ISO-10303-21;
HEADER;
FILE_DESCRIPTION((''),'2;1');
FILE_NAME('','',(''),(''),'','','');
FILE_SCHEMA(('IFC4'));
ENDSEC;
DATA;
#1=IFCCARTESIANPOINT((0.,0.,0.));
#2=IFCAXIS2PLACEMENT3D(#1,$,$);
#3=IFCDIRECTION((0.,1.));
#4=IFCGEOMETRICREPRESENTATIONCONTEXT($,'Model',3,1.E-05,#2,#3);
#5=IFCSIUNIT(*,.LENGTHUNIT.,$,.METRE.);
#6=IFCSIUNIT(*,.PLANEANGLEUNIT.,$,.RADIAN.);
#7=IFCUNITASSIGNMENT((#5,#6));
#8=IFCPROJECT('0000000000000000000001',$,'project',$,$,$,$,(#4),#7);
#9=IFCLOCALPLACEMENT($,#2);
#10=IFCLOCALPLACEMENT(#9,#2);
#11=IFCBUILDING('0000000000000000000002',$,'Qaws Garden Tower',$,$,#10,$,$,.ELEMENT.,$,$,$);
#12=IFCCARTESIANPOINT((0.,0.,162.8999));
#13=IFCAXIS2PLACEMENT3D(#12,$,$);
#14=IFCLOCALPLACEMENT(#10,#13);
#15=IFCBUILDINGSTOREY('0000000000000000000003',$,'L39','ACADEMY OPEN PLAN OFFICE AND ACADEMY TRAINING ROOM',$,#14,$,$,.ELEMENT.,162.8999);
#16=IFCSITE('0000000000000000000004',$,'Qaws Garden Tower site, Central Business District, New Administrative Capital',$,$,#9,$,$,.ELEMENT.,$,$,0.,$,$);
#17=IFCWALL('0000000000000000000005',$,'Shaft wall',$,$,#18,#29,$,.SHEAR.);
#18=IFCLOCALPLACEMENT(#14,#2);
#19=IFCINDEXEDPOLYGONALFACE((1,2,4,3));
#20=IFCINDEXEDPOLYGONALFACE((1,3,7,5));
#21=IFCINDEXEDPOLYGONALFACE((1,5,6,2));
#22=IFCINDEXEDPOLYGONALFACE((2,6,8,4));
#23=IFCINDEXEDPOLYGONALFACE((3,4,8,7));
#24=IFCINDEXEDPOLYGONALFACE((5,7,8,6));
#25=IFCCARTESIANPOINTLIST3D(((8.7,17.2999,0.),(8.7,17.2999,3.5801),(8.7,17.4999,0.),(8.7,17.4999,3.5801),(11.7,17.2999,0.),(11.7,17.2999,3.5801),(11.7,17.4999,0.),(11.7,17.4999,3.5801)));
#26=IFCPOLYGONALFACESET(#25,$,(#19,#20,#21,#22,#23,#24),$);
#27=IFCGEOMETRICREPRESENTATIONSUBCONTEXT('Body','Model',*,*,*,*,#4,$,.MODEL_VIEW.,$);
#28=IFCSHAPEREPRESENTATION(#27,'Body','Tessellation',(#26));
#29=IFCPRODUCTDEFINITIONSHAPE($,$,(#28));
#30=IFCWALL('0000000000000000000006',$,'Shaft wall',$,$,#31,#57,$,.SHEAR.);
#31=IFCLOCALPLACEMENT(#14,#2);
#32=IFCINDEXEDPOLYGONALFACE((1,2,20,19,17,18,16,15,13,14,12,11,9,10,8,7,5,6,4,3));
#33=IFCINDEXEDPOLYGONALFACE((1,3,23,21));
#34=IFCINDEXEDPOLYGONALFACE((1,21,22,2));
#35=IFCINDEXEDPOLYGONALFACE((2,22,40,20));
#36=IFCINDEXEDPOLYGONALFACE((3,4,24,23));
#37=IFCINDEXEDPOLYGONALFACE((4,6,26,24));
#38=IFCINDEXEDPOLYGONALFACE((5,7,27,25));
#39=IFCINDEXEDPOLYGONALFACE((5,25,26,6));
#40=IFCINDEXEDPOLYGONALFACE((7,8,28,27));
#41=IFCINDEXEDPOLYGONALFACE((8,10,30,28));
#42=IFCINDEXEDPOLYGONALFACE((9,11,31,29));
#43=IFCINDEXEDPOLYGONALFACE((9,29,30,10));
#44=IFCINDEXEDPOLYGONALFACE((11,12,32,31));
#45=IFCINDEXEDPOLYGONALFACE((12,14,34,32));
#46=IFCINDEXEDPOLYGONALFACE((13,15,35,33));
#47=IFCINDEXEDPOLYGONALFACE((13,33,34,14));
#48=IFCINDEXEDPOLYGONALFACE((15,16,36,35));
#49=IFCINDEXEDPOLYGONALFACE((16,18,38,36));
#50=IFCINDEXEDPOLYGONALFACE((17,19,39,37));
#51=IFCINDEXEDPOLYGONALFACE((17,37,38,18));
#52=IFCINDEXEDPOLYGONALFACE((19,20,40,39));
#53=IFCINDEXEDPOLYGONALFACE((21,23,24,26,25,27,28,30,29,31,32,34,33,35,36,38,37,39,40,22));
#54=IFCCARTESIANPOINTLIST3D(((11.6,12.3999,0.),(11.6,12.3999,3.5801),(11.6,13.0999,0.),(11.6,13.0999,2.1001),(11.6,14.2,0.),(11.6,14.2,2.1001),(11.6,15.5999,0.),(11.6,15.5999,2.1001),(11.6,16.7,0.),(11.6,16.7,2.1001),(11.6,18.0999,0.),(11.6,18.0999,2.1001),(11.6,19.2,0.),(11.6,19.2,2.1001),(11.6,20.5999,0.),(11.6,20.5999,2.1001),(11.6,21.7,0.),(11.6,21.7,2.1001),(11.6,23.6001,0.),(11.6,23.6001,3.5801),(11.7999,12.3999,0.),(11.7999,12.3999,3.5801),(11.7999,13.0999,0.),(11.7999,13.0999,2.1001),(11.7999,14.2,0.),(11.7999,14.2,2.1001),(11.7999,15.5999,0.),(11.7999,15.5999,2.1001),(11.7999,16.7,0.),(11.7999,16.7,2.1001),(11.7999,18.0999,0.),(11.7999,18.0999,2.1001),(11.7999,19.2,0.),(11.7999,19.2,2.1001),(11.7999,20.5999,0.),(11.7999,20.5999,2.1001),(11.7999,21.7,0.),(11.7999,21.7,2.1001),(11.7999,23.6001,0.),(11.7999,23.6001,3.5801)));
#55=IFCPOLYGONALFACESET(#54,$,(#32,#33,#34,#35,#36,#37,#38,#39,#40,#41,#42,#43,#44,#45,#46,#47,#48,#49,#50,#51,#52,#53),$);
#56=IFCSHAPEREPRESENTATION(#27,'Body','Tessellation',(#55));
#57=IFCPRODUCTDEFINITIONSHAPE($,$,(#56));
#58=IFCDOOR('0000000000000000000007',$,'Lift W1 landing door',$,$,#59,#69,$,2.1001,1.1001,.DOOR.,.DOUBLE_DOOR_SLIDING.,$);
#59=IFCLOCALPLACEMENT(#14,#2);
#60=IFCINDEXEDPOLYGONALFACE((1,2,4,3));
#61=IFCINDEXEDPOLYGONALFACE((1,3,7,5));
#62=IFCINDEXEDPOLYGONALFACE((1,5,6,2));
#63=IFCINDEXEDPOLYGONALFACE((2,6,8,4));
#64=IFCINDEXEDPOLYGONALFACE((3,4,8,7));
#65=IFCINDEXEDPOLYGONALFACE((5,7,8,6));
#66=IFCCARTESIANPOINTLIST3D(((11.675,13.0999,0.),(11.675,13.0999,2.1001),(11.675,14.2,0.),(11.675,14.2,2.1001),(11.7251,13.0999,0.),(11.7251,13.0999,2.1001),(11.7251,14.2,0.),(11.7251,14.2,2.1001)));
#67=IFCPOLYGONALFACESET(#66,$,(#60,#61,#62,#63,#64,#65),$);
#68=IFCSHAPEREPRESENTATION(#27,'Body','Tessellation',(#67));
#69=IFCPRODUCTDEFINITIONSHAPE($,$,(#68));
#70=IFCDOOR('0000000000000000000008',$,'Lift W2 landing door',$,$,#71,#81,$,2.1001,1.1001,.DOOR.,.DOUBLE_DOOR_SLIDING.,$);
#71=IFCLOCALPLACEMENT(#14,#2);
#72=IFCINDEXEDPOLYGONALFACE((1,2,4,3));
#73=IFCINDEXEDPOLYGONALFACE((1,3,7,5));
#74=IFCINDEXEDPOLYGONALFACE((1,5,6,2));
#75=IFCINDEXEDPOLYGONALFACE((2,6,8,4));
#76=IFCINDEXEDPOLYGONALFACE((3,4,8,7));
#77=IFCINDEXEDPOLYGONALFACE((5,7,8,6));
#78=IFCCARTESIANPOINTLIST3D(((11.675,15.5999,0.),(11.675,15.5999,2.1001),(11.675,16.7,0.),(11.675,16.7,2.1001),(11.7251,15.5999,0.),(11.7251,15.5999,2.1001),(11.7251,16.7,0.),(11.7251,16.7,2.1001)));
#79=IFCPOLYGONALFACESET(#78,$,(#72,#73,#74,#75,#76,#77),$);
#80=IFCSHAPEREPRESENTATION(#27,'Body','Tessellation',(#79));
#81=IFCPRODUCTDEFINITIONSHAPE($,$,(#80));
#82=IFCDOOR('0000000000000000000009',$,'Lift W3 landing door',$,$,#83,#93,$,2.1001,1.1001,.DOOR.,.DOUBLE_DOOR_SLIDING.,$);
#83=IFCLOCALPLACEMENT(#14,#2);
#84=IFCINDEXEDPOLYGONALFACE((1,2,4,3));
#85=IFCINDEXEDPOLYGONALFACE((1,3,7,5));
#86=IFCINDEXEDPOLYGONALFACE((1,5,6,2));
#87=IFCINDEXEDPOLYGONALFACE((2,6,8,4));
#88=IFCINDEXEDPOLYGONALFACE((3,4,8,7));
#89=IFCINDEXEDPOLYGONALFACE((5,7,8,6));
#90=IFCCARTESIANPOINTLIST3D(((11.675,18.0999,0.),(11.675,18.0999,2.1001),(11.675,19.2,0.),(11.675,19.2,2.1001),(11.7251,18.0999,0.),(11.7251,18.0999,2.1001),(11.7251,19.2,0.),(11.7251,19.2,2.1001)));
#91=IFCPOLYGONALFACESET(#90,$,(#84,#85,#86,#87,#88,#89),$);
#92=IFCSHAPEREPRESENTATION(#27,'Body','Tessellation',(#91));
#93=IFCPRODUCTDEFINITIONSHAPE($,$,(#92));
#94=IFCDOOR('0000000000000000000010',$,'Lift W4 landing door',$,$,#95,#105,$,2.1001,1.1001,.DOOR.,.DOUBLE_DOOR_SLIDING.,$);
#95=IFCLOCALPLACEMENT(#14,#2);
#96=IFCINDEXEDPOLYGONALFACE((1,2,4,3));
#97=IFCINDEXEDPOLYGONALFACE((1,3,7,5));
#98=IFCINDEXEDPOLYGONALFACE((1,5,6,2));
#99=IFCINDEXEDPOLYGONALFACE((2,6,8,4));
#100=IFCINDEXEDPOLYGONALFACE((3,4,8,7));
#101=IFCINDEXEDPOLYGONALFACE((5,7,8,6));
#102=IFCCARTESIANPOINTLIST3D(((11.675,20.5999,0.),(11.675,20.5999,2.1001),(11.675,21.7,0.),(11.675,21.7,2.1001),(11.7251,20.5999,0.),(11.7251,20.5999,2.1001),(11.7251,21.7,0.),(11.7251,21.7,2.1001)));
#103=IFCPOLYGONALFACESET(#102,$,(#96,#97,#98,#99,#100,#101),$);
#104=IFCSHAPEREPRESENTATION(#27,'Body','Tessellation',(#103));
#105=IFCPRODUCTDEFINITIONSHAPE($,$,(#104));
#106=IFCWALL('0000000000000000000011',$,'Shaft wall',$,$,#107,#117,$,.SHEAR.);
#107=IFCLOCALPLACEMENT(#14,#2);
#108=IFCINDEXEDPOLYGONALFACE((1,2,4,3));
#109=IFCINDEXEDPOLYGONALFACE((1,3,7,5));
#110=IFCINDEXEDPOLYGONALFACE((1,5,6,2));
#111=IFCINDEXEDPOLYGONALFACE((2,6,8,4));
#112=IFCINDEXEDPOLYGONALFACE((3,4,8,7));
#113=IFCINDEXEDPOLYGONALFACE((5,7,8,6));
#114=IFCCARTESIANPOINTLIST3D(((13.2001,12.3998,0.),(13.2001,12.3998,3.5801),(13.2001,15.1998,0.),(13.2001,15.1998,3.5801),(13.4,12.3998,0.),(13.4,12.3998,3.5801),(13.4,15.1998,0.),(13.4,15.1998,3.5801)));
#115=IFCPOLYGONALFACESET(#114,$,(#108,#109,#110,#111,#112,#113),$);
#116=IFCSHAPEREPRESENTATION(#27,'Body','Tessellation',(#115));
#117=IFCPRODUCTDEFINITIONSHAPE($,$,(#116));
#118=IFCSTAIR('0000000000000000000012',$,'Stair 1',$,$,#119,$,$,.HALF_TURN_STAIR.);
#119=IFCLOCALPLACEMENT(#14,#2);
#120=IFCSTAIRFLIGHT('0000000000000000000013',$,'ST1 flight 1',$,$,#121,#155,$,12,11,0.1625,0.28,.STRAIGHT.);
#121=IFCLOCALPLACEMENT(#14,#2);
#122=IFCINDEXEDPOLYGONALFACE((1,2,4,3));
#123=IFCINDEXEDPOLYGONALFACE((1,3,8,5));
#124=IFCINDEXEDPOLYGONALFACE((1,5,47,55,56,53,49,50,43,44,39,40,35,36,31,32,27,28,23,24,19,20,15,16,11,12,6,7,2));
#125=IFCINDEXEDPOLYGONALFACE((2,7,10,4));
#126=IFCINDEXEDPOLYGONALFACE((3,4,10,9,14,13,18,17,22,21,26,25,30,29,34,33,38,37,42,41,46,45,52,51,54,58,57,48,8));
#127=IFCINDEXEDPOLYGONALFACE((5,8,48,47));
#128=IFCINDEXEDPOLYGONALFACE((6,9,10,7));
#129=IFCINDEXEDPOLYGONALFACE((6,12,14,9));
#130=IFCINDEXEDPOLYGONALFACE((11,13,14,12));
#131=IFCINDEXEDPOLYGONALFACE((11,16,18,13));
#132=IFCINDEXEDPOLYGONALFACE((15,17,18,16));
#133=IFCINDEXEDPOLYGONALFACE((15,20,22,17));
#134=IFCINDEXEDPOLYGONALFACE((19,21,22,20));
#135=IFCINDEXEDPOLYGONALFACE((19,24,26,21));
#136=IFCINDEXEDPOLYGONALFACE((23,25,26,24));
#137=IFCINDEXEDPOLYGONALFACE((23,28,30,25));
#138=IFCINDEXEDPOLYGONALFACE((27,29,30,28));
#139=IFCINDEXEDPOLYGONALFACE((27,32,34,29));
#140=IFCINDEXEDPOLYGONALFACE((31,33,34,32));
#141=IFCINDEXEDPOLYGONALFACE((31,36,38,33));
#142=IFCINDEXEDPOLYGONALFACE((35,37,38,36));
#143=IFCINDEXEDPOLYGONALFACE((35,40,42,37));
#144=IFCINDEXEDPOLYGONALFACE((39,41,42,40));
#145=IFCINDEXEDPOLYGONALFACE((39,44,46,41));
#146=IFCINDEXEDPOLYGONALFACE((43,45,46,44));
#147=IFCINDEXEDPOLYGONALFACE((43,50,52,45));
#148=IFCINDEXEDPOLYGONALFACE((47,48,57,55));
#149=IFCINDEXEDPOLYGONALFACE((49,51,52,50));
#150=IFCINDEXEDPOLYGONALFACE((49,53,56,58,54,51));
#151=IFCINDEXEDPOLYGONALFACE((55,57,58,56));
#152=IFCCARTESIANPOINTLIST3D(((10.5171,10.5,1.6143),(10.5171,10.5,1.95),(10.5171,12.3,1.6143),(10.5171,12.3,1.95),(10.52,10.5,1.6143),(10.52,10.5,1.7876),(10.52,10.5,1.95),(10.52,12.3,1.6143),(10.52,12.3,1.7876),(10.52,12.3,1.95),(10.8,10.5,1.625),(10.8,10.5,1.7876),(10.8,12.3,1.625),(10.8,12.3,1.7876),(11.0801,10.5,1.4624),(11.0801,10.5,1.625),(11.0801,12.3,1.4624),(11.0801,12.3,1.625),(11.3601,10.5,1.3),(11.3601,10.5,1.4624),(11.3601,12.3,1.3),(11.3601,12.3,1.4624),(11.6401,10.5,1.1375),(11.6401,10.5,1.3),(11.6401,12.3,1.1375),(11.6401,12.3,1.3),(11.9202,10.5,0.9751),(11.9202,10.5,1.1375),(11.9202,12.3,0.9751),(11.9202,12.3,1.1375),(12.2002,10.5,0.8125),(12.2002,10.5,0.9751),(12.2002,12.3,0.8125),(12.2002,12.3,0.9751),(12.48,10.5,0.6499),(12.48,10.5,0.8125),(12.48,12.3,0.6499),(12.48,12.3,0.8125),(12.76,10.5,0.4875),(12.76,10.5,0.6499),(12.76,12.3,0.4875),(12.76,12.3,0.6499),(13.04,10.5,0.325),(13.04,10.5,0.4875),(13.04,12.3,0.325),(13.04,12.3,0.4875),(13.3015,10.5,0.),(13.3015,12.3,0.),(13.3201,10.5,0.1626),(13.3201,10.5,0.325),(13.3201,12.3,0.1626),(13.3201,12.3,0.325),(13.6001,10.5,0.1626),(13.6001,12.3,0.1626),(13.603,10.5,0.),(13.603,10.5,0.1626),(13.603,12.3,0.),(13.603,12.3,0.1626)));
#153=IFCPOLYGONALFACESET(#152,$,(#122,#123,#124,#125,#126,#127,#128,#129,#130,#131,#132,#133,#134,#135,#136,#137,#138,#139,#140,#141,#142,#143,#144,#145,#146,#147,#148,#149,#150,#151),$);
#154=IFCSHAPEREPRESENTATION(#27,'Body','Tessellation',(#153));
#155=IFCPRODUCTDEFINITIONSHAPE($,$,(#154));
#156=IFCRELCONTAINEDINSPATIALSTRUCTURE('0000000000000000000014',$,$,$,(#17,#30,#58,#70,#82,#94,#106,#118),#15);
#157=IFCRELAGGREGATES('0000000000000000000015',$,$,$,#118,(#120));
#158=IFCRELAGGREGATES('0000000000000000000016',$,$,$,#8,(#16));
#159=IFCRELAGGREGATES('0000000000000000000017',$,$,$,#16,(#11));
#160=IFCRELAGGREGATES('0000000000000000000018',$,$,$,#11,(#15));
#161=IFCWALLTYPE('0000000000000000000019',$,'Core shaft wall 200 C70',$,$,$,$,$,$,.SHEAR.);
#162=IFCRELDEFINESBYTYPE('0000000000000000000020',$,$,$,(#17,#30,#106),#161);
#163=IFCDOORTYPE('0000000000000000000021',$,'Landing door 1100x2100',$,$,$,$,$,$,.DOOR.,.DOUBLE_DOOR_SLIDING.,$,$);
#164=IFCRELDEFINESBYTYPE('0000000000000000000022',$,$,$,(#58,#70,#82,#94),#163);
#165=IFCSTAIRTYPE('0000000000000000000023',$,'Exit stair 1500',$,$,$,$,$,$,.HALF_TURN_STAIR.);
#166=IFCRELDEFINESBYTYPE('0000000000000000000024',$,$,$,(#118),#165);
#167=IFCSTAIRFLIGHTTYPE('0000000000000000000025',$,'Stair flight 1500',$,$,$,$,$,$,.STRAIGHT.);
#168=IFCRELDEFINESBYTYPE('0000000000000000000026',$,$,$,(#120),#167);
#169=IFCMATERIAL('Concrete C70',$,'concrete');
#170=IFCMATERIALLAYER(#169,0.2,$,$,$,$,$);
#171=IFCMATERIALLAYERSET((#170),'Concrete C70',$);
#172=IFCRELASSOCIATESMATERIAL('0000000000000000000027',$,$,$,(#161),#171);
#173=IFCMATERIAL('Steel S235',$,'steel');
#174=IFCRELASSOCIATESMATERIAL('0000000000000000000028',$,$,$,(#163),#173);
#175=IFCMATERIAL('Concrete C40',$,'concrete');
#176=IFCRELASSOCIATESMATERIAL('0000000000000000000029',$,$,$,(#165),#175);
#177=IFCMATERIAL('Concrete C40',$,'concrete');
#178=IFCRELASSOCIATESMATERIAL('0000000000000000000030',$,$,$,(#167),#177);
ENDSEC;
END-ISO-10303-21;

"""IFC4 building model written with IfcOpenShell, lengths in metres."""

from ifc_helpers import new_model, si_unit, direction, frame, frame_2d, origin, place, context, subcontext, project, spatial, polyline, rectangle, outline, extrude, material, layer, layer_set, type_object, element, fill, aggregate, save


model = new_model("IFC4")

# Units and contexts
model_context = context("Model", 3, precision=1e-05, world=origin(), true_north=direction((0.0, 1.0)))
body_context = subcontext(model_context, "Body", "Model", "MODEL_VIEW")
ifc_project = project(units=[si_unit("LENGTHUNIT", "METRE"), si_unit("PLANEANGLEUNIT", "RADIAN")], contexts=[model_context])

# Site, building, storey
site_placement = place(None, origin())
site = spatial("IfcSite", under=ifc_project, at=site_placement, Name="Qaws Garden Tower site, Central Business District, New Administrative Capital", CompositionType="ELEMENT", RefElevation=0.0)
building_placement = place(site_placement, origin())
building = spatial("IfcBuilding", under=site, at=building_placement, Name="Qaws Garden Tower", CompositionType="ELEMENT")
storey_placement = place(building_placement, frame((0.0, 0.0, 162.8999)))
storey = spatial("IfcBuildingStorey", under=building, at=storey_placement, Name="L39", Description="ACADEMY OPEN PLAN OFFICE AND ACADEMY TRAINING ROOM", CompositionType="ELEMENT", Elevation=162.8999)

# Shared definitions
ifc_material_1 = material(Name="Concrete C70", Category="concrete")
ifc_layer_1 = layer(ifc_material_1, 0.2)
ifc_layer_set_1 = layer_set([ifc_layer_1], Name="Concrete C70")
wall_type_1 = type_object("IfcWallType", Name="Core shaft wall 200 C70", PredefinedType="SHEAR", material=ifc_layer_set_1)

# Shared definitions
ifc_material_2 = material(Name="Steel S235", Category="steel")
door_type_1 = type_object("IfcDoorType", Name="Landing door 1100x2100", OperationType="DOUBLE_DOOR_SLIDING", PredefinedType="DOOR", material=ifc_material_2)

# Wall
wall_1_placement = place(storey_placement, frame((8.7, 17.3999, 0.0), z_axis=(0.0, 0.0, 1.0), x_axis=(1.0, 0.0, 0.0)))
element("IfcWall", 1, at=wall_1_placement, inside=storey, type_object=wall_type_1, Name="Shaft wall", PredefinedType="SHEAR", context=body_context, shape_type="SweptSolid", body=[
    extrude(rectangle(XDim=3.0, YDim=0.2, at=frame_2d((1.5, 0.0))), origin(), (0.0, 0.0, 1.0), 3.5801),
])

# Wall, openings, doors
wall_2_placement = place(storey_placement, frame((11.7, 12.3999, 0.0), z_axis=(0.0, 0.0, 1.0), x_axis=(0.0, 1.0, 0.0)))
wall_2 = element("IfcWall", 2, at=wall_2_placement, inside=storey, type_object=wall_type_1, Name="Shaft wall", PredefinedType="SHEAR", context=body_context, shape_type="SweptSolid", body=[
    extrude(rectangle(XDim=11.2002, YDim=0.2, at=frame_2d((5.6001, 0.0))), origin(), (0.0, 0.0, 1.0), 3.5801),
])
opening_1_placement = place(wall_2_placement, frame((0.7, 0.0, 0.0)))
opening_1 = element("IfcOpeningElement", 3, at=opening_1_placement, cuts=wall_2, PredefinedType="OPENING", context=body_context, shape_type="SweptSolid", body=[
    extrude(rectangle(XDim=1.1001, YDim=2.1001, at=frame_2d((0.55, 1.05))), frame((0.0, 0.1099, 0.0), z_axis=(0.0, -1.0, 0.0), x_axis=(1.0, 0.0, 0.0)), (0.0, 0.0, 1.0), 0.22),
])
opening_2_placement = place(wall_2_placement, frame((3.2, 0.0, 0.0)))
opening_2 = element("IfcOpeningElement", 4, at=opening_2_placement, cuts=wall_2, PredefinedType="OPENING", context=body_context, shape_type="SweptSolid", body=[
    extrude(rectangle(XDim=1.1001, YDim=2.1001, at=frame_2d((0.55, 1.05))), frame((0.0, 0.1099, 0.0), z_axis=(0.0, -1.0, 0.0), x_axis=(1.0, 0.0, 0.0)), (0.0, 0.0, 1.0), 0.22),
])
opening_3_placement = place(wall_2_placement, frame((5.7, 0.0, 0.0)))
opening_3 = element("IfcOpeningElement", 5, at=opening_3_placement, cuts=wall_2, PredefinedType="OPENING", context=body_context, shape_type="SweptSolid", body=[
    extrude(rectangle(XDim=1.1001, YDim=2.1001, at=frame_2d((0.55, 1.05))), frame((0.0, 0.1099, 0.0), z_axis=(0.0, -1.0, 0.0), x_axis=(1.0, 0.0, 0.0)), (0.0, 0.0, 1.0), 0.22),
])
opening_4_placement = place(wall_2_placement, frame((8.2, 0.0, 0.0)))
opening_4 = element("IfcOpeningElement", 6, at=opening_4_placement, cuts=wall_2, PredefinedType="OPENING", context=body_context, shape_type="SweptSolid", body=[
    extrude(rectangle(XDim=1.1001, YDim=2.1001, at=frame_2d((0.55, 1.05))), frame((0.0, 0.1099, 0.0), z_axis=(0.0, -1.0, 0.0), x_axis=(1.0, 0.0, 0.0)), (0.0, 0.0, 1.0), 0.22),
])
door_1_placement = place(opening_1_placement, origin())
door_1 = element("IfcDoor", 7, at=door_1_placement, inside=storey, type_object=door_type_1, Name="Lift W1 landing door", OperationType="DOUBLE_DOOR_SLIDING", OverallHeight=2.1001, OverallWidth=1.1001, PredefinedType="DOOR", context=body_context, shape_type="SweptSolid", body=[
    extrude(rectangle(XDim=1.1001, YDim=2.1001, at=frame_2d((0.55, 1.05))), frame((0.0, 0.0249, 0.0), z_axis=(0.0, -1.0, 0.0), x_axis=(1.0, 0.0, 0.0)), (0.0, 0.0, 1.0), 0.05),
])
fill(opening_1, door_1)
door_2_placement = place(opening_2_placement, origin())
door_2 = element("IfcDoor", 8, at=door_2_placement, inside=storey, type_object=door_type_1, Name="Lift W2 landing door", OperationType="DOUBLE_DOOR_SLIDING", OverallHeight=2.1001, OverallWidth=1.1001, PredefinedType="DOOR", context=body_context, shape_type="SweptSolid", body=[
    extrude(rectangle(XDim=1.1001, YDim=2.1001, at=frame_2d((0.55, 1.05))), frame((0.0, 0.0249, 0.0), z_axis=(0.0, -1.0, 0.0), x_axis=(1.0, 0.0, 0.0)), (0.0, 0.0, 1.0), 0.05),
])
fill(opening_2, door_2)
door_3_placement = place(opening_3_placement, origin())
door_3 = element("IfcDoor", 9, at=door_3_placement, inside=storey, type_object=door_type_1, Name="Lift W3 landing door", OperationType="DOUBLE_DOOR_SLIDING", OverallHeight=2.1001, OverallWidth=1.1001, PredefinedType="DOOR", context=body_context, shape_type="SweptSolid", body=[
    extrude(rectangle(XDim=1.1001, YDim=2.1001, at=frame_2d((0.55, 1.05))), frame((0.0, 0.0249, 0.0), z_axis=(0.0, -1.0, 0.0), x_axis=(1.0, 0.0, 0.0)), (0.0, 0.0, 1.0), 0.05),
])
fill(opening_3, door_3)
door_4_placement = place(opening_4_placement, origin())
door_4 = element("IfcDoor", 10, at=door_4_placement, inside=storey, type_object=door_type_1, Name="Lift W4 landing door", OperationType="DOUBLE_DOOR_SLIDING", OverallHeight=2.1001, OverallWidth=1.1001, PredefinedType="DOOR", context=body_context, shape_type="SweptSolid", body=[
    extrude(rectangle(XDim=1.1001, YDim=2.1001, at=frame_2d((0.55, 1.05))), frame((0.0, 0.0249, 0.0), z_axis=(0.0, -1.0, 0.0), x_axis=(1.0, 0.0, 0.0)), (0.0, 0.0, 1.0), 0.05),
])
fill(opening_4, door_4)

# Wall
wall_3_placement = place(storey_placement, frame((13.3, 12.3999, 0.0), z_axis=(0.0, 0.0, 1.0), x_axis=(0.0, 1.0, 0.0)))
element("IfcWall", 11, at=wall_3_placement, inside=storey, type_object=wall_type_1, Name="Shaft wall", PredefinedType="SHEAR", context=body_context, shape_type="SweptSolid", body=[
    extrude(rectangle(XDim=2.8, YDim=0.2, at=frame_2d((1.3999, 0.0))), origin(), (0.0, 0.0, 1.0), 3.5801),
])

# Stair, stair flight
ifc_material_3 = material(Name="Concrete C40", Category="concrete")
stair_type = type_object("IfcStairType", Name="Exit stair 1500", PredefinedType="HALF_TURN_STAIR", material=ifc_material_3)
stair_placement = place(storey_placement, origin())
stair = element("IfcStair", 12, at=stair_placement, inside=storey, type_object=stair_type, Name="Stair 1", PredefinedType="HALF_TURN_STAIR")
ifc_material_4 = material(Name="Concrete C40", Category="concrete")
stair_flight_type = type_object("IfcStairFlightType", Name="Stair flight 1500", PredefinedType="STRAIGHT", material=ifc_material_4)
stair_flight_placement = place(storey_placement, frame((13.6001, 11.3999, 0.0), z_axis=(0.0, 0.0, 1.0), x_axis=(-1.0, 0.0, 0.0)))
stair_flight = element("IfcStairFlight", 13, at=stair_flight_placement, type_object=stair_flight_type, Name="ST1 flight 1", NumberOfRisers=12, NumberOfTreads=11, PredefinedType="STRAIGHT", RiserHeight=0.1625, TreadLength=0.28, context=body_context, shape_type="SweptSolid", body=[
    extrude(outline(polyline([(-0.0029, 0.0), (-0.0029, 0.1626), (0.0, 0.1626), (0.28, 0.1626), (0.28, 0.325), (0.5601, 0.325), (0.5601, 0.4875), (0.8401, 0.4875), (0.8401, 0.6499), (1.1201, 0.6499), (1.1201, 0.8125), (1.3999, 0.8125), (1.3999, 0.9751), (1.6799, 0.9751), (1.6799, 1.1375), (1.96, 1.1375), (1.96, 1.3), (2.24, 1.3), (2.24, 1.4624), (2.52, 1.4624), (2.52, 1.625), (2.8, 1.625), (2.8, 1.7876), (3.0801, 1.7876), (3.0801, 1.95), (3.083, 1.95), (3.083, 1.6143), (3.0801, 1.6143), (0.2986, 0.0), (-0.0029, 0.0)])), frame((0.0, 0.8999, 0.0), z_axis=(0.0, -1.0, 0.0), x_axis=(1.0, 0.0, 0.0)), (0.0, 0.0, 1.0), 1.8),
])
aggregate(stair, [stair_flight])

save(model, "model.ifc")
